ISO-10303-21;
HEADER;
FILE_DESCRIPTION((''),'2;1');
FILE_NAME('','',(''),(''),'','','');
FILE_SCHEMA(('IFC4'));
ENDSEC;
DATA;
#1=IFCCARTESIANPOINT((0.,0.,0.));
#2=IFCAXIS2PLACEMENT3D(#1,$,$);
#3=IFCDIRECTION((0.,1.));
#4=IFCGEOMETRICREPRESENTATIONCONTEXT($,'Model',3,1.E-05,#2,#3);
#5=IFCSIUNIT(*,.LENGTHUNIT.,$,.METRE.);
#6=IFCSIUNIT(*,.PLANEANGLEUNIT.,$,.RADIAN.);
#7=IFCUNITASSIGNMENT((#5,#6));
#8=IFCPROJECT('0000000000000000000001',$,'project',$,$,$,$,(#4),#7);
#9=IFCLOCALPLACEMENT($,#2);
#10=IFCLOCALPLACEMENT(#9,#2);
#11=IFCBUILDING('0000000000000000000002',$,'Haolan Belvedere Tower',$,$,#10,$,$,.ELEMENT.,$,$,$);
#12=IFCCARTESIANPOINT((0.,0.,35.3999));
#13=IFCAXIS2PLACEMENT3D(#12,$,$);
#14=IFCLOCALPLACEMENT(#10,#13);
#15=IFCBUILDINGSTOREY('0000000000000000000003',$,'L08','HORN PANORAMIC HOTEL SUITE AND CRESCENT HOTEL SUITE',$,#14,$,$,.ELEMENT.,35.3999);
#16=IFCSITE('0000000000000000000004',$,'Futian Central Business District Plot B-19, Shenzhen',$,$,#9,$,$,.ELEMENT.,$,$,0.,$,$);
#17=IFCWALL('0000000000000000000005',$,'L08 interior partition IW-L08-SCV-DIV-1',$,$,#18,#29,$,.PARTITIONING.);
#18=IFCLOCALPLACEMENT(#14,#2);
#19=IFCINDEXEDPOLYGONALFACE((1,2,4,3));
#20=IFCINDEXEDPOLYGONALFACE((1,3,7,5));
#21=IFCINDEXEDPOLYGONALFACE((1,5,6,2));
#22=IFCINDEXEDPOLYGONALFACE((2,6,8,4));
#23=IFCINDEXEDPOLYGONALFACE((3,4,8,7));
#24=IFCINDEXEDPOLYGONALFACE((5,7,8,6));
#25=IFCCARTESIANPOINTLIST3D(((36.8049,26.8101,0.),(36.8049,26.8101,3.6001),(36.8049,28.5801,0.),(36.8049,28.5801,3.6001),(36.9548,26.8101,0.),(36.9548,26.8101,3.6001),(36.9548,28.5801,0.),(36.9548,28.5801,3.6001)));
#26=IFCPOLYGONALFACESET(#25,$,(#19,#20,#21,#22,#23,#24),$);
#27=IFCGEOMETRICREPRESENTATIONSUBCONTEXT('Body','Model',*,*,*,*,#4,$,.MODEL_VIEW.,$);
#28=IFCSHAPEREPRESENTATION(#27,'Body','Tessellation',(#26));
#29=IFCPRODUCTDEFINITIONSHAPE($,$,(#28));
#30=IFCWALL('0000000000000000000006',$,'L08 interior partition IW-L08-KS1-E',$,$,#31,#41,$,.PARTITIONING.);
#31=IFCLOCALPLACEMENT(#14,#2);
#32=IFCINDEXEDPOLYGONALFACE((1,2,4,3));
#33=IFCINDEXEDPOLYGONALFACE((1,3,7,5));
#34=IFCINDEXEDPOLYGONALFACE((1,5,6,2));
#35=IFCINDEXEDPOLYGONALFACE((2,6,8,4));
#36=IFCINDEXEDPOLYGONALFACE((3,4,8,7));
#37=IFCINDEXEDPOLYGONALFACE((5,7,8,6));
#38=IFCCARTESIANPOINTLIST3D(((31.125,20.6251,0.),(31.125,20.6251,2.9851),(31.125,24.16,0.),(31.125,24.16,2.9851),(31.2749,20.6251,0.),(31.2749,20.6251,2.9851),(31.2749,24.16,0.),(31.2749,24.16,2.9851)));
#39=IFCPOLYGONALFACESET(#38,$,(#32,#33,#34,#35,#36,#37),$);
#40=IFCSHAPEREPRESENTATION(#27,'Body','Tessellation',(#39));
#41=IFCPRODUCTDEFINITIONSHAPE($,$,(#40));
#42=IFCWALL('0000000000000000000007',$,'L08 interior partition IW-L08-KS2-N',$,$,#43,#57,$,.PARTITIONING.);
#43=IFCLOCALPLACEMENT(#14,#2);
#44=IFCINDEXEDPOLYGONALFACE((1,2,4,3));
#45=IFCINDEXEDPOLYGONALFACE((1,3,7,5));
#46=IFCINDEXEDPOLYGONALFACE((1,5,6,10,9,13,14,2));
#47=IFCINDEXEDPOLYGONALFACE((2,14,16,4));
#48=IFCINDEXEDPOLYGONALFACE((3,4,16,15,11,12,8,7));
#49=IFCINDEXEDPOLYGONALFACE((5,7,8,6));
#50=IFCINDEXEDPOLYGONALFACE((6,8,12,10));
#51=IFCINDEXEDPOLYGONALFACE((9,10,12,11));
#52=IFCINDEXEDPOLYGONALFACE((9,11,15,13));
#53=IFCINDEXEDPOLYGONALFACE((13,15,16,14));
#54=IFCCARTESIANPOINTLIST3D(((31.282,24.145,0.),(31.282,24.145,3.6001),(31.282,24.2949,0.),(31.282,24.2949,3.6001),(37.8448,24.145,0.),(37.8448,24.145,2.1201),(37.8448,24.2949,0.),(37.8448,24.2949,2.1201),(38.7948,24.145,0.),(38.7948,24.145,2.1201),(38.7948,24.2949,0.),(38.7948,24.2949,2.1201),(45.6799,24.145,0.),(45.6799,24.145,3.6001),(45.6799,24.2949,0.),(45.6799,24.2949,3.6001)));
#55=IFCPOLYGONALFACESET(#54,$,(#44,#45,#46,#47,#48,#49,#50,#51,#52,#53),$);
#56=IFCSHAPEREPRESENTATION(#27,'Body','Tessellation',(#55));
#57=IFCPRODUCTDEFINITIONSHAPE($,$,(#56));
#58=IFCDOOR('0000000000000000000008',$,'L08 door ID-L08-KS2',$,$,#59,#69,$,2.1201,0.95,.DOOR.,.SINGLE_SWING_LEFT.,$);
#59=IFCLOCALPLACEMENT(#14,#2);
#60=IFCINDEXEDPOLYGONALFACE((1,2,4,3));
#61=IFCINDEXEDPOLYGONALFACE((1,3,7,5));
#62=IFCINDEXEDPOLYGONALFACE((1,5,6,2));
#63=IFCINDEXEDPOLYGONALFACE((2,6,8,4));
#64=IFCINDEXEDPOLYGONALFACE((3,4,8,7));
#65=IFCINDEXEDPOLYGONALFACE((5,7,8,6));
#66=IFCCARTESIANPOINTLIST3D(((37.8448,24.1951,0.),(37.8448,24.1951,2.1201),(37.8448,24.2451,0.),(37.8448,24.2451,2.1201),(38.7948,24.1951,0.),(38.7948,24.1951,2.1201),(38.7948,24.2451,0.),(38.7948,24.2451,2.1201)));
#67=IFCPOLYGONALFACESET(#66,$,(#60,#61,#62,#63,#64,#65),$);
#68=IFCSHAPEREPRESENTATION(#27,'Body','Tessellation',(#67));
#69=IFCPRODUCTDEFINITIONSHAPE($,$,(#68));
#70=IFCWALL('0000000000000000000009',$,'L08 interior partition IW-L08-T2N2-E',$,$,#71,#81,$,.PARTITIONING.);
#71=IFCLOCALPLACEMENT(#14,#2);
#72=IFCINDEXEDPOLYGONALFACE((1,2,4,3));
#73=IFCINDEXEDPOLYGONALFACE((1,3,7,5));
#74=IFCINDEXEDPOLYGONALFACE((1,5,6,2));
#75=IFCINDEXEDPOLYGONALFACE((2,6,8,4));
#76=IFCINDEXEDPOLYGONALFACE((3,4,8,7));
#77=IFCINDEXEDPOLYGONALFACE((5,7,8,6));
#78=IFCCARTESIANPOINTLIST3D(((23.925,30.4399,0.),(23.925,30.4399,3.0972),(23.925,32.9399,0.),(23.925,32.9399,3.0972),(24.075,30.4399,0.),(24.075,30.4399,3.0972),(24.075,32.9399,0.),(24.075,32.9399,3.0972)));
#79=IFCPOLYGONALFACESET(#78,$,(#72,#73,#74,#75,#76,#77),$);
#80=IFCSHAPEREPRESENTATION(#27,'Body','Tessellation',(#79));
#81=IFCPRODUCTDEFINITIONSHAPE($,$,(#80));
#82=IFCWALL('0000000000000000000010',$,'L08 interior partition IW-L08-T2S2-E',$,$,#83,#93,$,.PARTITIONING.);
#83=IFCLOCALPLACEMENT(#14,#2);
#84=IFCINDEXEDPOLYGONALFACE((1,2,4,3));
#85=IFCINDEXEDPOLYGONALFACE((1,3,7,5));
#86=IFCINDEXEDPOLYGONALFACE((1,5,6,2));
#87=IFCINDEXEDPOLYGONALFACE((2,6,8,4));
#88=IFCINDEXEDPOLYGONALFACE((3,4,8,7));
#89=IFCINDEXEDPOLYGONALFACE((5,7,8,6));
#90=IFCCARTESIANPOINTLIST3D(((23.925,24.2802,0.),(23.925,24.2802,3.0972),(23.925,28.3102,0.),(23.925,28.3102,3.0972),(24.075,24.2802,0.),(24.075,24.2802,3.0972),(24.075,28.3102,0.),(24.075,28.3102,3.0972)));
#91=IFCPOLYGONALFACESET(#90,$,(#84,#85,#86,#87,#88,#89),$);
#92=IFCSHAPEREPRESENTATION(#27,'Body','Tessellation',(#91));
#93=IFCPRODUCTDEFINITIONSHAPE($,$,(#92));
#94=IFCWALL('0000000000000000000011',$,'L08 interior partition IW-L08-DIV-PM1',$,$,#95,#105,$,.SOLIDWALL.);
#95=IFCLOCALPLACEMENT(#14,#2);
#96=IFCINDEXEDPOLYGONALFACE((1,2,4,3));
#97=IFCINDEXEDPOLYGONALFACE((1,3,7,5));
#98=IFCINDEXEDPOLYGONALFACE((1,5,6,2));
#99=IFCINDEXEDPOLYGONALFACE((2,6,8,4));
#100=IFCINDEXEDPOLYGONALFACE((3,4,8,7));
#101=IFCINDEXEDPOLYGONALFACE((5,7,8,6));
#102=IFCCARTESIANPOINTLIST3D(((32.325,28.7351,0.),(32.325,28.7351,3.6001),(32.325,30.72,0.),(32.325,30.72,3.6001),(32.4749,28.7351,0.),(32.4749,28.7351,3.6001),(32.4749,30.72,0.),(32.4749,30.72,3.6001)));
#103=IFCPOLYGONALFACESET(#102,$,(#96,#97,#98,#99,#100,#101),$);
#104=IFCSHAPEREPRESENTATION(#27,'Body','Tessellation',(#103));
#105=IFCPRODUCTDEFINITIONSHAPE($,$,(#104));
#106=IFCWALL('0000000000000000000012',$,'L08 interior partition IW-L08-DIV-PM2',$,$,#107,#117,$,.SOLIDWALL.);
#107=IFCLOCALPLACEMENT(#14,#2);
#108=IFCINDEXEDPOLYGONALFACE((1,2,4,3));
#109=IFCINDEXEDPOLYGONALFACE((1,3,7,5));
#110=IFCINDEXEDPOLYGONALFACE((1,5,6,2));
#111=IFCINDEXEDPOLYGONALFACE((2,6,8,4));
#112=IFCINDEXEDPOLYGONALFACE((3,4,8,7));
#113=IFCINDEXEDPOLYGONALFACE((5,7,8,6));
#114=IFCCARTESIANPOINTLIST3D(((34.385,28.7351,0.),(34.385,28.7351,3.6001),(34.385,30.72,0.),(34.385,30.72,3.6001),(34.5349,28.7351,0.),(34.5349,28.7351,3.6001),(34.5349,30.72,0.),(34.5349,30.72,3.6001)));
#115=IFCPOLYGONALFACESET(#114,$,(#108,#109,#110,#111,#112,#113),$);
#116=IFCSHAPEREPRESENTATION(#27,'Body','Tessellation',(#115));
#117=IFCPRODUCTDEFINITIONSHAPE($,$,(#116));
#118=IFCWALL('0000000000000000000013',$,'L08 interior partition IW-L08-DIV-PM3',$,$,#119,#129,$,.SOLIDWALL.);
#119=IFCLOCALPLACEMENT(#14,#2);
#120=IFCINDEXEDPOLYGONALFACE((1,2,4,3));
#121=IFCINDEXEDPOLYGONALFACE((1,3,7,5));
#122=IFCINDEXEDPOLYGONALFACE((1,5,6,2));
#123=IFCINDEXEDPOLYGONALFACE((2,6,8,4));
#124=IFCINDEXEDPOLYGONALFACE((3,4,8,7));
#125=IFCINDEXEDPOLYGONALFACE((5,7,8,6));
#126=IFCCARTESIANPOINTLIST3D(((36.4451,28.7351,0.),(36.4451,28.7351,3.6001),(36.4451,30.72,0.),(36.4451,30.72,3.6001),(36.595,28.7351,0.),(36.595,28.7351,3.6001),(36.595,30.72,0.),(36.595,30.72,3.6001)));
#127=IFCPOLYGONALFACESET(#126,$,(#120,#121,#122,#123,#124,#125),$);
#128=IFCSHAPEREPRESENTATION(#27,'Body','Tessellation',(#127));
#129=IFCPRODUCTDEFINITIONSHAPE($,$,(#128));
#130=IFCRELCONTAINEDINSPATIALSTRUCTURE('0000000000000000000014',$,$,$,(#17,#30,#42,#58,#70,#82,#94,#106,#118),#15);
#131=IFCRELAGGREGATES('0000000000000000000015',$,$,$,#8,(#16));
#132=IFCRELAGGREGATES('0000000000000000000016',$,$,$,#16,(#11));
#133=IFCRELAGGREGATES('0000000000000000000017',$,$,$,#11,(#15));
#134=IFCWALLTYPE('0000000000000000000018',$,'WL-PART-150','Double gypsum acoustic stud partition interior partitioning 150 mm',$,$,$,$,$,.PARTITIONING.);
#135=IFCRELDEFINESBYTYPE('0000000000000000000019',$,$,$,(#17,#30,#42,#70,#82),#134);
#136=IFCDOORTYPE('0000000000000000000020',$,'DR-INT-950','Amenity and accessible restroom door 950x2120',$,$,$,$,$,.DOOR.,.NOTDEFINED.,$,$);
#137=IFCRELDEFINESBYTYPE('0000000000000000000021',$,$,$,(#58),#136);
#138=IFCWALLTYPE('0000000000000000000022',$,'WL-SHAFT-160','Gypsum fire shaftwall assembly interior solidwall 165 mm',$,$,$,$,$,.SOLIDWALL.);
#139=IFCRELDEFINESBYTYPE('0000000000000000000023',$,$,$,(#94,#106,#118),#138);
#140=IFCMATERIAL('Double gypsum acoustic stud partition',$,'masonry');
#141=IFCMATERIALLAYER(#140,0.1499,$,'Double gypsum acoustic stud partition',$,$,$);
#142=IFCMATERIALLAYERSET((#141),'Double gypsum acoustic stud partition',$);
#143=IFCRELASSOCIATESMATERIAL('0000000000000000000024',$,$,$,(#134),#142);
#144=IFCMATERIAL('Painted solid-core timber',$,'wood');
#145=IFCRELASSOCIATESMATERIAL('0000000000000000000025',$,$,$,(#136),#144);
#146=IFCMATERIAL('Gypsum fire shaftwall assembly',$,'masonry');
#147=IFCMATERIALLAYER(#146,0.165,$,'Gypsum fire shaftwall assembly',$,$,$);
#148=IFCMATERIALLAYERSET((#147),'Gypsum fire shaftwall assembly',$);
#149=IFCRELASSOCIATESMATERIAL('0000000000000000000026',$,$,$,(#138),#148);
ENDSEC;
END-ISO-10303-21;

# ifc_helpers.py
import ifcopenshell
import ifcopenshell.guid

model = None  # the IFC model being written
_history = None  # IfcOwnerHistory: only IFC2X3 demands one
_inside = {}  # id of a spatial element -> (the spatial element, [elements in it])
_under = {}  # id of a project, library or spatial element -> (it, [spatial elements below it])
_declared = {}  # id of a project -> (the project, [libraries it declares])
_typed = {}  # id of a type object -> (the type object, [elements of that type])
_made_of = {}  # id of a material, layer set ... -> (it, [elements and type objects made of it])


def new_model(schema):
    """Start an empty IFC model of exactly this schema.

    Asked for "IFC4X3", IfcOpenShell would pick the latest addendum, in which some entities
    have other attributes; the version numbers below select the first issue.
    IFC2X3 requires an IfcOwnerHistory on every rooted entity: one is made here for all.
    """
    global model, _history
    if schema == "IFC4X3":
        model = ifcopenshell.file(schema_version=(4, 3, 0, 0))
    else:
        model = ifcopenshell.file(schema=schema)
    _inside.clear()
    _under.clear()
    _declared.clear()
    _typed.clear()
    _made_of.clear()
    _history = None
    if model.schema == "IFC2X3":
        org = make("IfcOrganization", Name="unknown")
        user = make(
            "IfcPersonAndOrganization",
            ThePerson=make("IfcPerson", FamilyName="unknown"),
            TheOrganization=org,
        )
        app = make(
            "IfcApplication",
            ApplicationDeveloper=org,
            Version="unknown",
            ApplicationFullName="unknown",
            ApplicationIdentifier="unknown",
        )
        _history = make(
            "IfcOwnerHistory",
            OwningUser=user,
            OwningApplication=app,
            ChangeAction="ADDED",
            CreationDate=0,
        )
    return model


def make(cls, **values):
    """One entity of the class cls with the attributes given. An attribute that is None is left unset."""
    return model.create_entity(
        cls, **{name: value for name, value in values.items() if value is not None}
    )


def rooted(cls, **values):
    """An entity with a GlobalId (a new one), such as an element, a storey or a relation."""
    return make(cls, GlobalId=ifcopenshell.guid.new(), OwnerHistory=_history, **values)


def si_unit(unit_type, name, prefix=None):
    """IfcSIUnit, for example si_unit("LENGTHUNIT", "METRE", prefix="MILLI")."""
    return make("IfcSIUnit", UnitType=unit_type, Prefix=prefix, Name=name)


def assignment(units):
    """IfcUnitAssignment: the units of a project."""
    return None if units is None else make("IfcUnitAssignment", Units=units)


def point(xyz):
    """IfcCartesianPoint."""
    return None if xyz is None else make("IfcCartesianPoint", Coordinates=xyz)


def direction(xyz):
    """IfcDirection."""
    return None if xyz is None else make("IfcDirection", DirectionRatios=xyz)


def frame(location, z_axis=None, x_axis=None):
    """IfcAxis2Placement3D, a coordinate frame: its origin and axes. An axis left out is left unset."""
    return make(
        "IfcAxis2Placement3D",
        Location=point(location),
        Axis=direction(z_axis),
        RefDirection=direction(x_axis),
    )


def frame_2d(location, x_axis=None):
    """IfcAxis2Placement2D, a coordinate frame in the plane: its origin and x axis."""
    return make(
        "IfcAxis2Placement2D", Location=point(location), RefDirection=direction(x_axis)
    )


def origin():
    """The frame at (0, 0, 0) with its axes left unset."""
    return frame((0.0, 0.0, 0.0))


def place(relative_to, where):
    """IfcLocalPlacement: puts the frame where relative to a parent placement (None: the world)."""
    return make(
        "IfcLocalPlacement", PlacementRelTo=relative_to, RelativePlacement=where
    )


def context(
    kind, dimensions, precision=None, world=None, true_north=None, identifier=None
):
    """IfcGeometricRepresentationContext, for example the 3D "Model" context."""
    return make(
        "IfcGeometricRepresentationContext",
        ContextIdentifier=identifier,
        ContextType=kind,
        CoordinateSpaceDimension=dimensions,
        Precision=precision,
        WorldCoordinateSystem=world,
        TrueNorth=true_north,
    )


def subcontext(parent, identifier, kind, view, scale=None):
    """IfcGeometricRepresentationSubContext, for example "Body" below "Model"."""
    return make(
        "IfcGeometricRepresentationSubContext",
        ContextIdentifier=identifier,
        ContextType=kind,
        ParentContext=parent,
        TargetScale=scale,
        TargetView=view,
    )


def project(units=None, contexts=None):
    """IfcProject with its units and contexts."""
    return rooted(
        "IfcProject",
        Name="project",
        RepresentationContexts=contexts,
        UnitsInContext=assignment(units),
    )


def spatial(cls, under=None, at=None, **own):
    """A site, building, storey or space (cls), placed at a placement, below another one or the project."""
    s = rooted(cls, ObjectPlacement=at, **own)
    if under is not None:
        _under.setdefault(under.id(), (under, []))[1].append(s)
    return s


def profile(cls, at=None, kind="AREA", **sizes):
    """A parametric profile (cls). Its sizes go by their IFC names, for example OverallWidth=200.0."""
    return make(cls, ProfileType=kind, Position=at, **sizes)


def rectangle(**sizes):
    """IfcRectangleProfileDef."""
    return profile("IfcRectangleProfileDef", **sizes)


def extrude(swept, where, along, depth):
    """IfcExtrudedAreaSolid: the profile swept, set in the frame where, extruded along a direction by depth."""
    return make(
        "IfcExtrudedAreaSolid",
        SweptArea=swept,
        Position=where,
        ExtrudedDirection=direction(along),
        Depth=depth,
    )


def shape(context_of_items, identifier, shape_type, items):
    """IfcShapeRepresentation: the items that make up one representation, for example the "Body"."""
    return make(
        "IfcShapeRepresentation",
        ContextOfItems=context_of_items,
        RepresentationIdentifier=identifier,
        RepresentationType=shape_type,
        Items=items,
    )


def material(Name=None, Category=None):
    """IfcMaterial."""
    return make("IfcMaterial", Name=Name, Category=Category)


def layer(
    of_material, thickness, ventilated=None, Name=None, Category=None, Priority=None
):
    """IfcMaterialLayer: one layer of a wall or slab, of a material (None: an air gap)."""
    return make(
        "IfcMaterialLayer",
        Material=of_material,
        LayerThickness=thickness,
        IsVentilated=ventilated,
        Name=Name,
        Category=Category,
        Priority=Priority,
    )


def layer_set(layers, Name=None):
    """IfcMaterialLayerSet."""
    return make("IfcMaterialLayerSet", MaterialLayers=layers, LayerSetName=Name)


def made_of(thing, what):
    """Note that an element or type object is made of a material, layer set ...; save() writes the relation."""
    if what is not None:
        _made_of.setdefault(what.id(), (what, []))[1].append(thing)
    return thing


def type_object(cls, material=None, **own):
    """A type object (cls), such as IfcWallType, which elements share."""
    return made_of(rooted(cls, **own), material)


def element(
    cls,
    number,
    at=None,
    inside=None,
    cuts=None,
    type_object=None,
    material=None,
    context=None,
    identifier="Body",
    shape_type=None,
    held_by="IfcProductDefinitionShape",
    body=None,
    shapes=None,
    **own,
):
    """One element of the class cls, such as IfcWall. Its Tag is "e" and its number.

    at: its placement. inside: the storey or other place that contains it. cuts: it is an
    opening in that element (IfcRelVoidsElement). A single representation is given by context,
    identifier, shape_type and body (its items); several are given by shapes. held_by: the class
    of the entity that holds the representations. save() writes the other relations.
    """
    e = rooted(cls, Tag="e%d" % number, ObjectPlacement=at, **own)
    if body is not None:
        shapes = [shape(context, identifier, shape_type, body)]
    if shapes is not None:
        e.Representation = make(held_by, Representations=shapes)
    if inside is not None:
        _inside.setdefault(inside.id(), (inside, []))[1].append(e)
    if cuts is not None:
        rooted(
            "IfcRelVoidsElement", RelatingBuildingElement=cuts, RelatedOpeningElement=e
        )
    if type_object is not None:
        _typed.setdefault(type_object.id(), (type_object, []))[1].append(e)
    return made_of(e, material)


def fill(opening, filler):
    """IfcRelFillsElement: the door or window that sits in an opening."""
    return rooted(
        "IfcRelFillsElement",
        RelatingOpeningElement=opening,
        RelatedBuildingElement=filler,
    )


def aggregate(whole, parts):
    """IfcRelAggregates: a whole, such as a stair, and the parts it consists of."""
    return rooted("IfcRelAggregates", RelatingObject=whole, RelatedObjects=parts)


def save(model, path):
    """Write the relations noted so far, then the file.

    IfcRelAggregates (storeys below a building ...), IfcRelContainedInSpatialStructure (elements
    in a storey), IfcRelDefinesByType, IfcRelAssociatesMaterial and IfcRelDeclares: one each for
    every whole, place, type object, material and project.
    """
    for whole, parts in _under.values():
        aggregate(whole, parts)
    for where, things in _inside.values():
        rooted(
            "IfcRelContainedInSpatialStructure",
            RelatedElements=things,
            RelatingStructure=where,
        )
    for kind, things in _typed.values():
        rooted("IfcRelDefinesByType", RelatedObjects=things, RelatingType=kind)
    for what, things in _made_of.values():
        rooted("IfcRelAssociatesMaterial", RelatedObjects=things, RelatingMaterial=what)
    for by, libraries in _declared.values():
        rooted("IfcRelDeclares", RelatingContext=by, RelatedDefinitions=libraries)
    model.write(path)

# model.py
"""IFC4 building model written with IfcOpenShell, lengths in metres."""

from ifc_helpers import new_model, si_unit, direction, frame, frame_2d, origin, place, context, subcontext, project, spatial, rectangle, extrude, material, layer, layer_set, type_object, element, fill, save


model = new_model("IFC4")

# Units and contexts
model_context = context("Model", 3, precision=1e-05, world=origin(), true_north=direction((0.0, 1.0)))
body_context = subcontext(model_context, "Body", "Model", "MODEL_VIEW")
ifc_project = project(units=[si_unit("LENGTHUNIT", "METRE"), si_unit("PLANEANGLEUNIT", "RADIAN")], contexts=[model_context])

# Site, building, storey
site_placement = place(None, origin())
site = spatial("IfcSite", under=ifc_project, at=site_placement, Name="Futian Central Business District Plot B-19, Shenzhen", CompositionType="ELEMENT", RefElevation=0.0)
building_placement = place(site_placement, origin())
building = spatial("IfcBuilding", under=site, at=building_placement, Name="Haolan Belvedere Tower", CompositionType="ELEMENT")
storey_placement = place(building_placement, frame((0.0, 0.0, 35.3999)))
storey = spatial("IfcBuildingStorey", under=building, at=storey_placement, Name="L08", Description="HORN PANORAMIC HOTEL SUITE AND CRESCENT HOTEL SUITE", CompositionType="ELEMENT", Elevation=35.3999)

# Walls
ifc_material_1 = material(Name="Double gypsum acoustic stud partition", Category="masonry")
ifc_layer_1 = layer(ifc_material_1, 0.1499, Name="Double gypsum acoustic stud partition")
ifc_layer_set_1 = layer_set([ifc_layer_1], Name="Double gypsum acoustic stud partition")
wall_type_1 = type_object("IfcWallType", Name="WL-PART-150", Description="Double gypsum acoustic stud partition interior partitioning 150 mm", PredefinedType="PARTITIONING", material=ifc_layer_set_1)
wall_1_placement = place(storey_placement, frame((36.8799, 26.8101, 0.0), z_axis=(0.0, 0.0, 1.0), x_axis=(0.0, 1.0, 0.0)))
element("IfcWall", 1, at=wall_1_placement, inside=storey, type_object=wall_type_1, Name="L08 interior partition IW-L08-SCV-DIV-1", PredefinedType="PARTITIONING", context=body_context, shape_type="SweptSolid", body=[
    extrude(rectangle(XDim=1.77, YDim=0.1499, at=frame_2d((0.885, 0.0))), origin(), (0.0, 0.0, 1.0), 3.6001),
])
wall_2_placement = place(storey_placement, frame((31.2, 20.625, 0.0), z_axis=(0.0, 0.0, 1.0), x_axis=(0.0, 1.0, 0.0)))
element("IfcWall", 2, at=wall_2_placement, inside=storey, type_object=wall_type_1, Name="L08 interior partition IW-L08-KS1-E", PredefinedType="PARTITIONING", context=body_context, shape_type="SweptSolid", body=[
    extrude(rectangle(XDim=3.5349, YDim=0.1499, at=frame_2d((1.7676, 0.0))), origin(), (0.0, 0.0, 1.0), 2.9851),
])

# Wall, opening, door
wall_3_placement = place(storey_placement, frame((31.282, 24.22, 0.0), z_axis=(0.0, 0.0, 1.0), x_axis=(1.0, 0.0, 0.0)))
wall_3 = element("IfcWall", 3, at=wall_3_placement, inside=storey, type_object=wall_type_1, Name="L08 interior partition IW-L08-KS2-N", PredefinedType="PARTITIONING", context=body_context, shape_type="SweptSolid", body=[
    extrude(rectangle(XDim=14.3979, YDim=0.1499, at=frame_2d((7.199, 0.0))), origin(), (0.0, 0.0, 1.0), 3.6001),
])
opening_1_placement = place(wall_3_placement, frame((7.5129, 0.0, 0.0), z_axis=(0.0, 0.0, 1.0), x_axis=(-1.0, 0.0, 0.0)))
opening_1 = element("IfcOpeningElement", 4, at=opening_1_placement, cuts=wall_3, PredefinedType="OPENING", context=body_context, shape_type="SweptSolid", body=[
    extrude(rectangle(XDim=0.95, YDim=2.1201, at=frame_2d((0.4751, 1.0601))), frame((0.0, 0.085, 0.0), z_axis=(0.0, -1.0, 0.0), x_axis=(1.0, 0.0, 0.0)), (0.0, 0.0, 1.0), 0.1699),
])
ifc_material_2 = material(Name="Painted solid-core timber", Category="wood")
door_type_1 = type_object("IfcDoorType", Name="DR-INT-950", Description="Amenity and accessible restroom door 950x2120", OperationType="NOTDEFINED", PredefinedType="DOOR", material=ifc_material_2)
door_1_placement = place(opening_1_placement, origin())
door_1 = element("IfcDoor", 5, at=door_1_placement, inside=storey, type_object=door_type_1, Name="L08 door ID-L08-KS2", OperationType="SINGLE_SWING_LEFT", OverallHeight=2.1201, OverallWidth=0.95, PredefinedType="DOOR", context=body_context, shape_type="SweptSolid", body=[
    extrude(rectangle(XDim=0.95, YDim=2.1201, at=frame_2d((0.4751, 1.0601))), frame((0.0, 0.0249, 0.0), z_axis=(0.0, -1.0, 0.0), x_axis=(1.0, 0.0, 0.0)), (0.0, 0.0, 1.0), 0.05),
])
fill(opening_1, door_1)

# Walls
wall_4_placement = place(storey_placement, frame((24.0, 30.4399, 0.0), z_axis=(0.0, 0.0, 1.0), x_axis=(0.0, 1.0, 0.0)))
element("IfcWall", 6, at=wall_4_placement, inside=storey, type_object=wall_type_1, Name="L08 interior partition IW-L08-T2N2-E", PredefinedType="PARTITIONING", context=body_context, shape_type="SweptSolid", body=[
    extrude(rectangle(XDim=2.5, YDim=0.1499, at=frame_2d((1.25, 0.0))), origin(), (0.0, 0.0, 1.0), 3.0972),
])
wall_5_placement = place(storey_placement, frame((24.0, 24.28, 0.0), z_axis=(0.0, 0.0, 1.0), x_axis=(0.0, 1.0, 0.0)))
element("IfcWall", 7, at=wall_5_placement, inside=storey, type_object=wall_type_1, Name="L08 interior partition IW-L08-T2S2-E", PredefinedType="PARTITIONING", context=body_context, shape_type="SweptSolid", body=[
    extrude(rectangle(XDim=4.03, YDim=0.1499, at=frame_2d((2.0151, 0.0))), origin(), (0.0, 0.0, 1.0), 3.0972),
])
ifc_material_3 = material(Name="Gypsum fire shaftwall assembly", Category="masonry")
ifc_layer_2 = layer(ifc_material_3, 0.165, Name="Gypsum fire shaftwall assembly")
ifc_layer_set_2 = layer_set([ifc_layer_2], Name="Gypsum fire shaftwall assembly")
wall_type_2 = type_object("IfcWallType", Name="WL-SHAFT-160", Description="Gypsum fire shaftwall assembly interior solidwall 165 mm", PredefinedType="SOLIDWALL", material=ifc_layer_set_2)
for number, where, z_axis, x_axis, name in (
    (8, (32.3999, 28.7351, 0.0), (0.0, 0.0, 1.0), (0.0, 1.0, 0.0), "L08 interior partition IW-L08-DIV-PM1"),
    (9, (34.46, 28.7351, 0.0), (0.0, 0.0, 1.0), (0.0, 1.0, 0.0), "L08 interior partition IW-L08-DIV-PM2"),
    (10, (36.52, 28.7351, 0.0), (0.0, 0.0, 1.0), (0.0, 1.0, 0.0), "L08 interior partition IW-L08-DIV-PM3"),
):
    element("IfcWall", number, at=place(storey_placement, frame(where, z_axis=z_axis, x_axis=x_axis)), inside=storey, type_object=wall_type_2, Name=name, PredefinedType="SOLIDWALL", context=body_context, shape_type="SweptSolid", body=[
        extrude(rectangle(XDim=1.9849, YDim=0.1499, at=frame_2d((0.9924, 0.0))), origin(), (0.0, 0.0, 1.0), 3.6001),
    ])

save(model, "model.ifc")
